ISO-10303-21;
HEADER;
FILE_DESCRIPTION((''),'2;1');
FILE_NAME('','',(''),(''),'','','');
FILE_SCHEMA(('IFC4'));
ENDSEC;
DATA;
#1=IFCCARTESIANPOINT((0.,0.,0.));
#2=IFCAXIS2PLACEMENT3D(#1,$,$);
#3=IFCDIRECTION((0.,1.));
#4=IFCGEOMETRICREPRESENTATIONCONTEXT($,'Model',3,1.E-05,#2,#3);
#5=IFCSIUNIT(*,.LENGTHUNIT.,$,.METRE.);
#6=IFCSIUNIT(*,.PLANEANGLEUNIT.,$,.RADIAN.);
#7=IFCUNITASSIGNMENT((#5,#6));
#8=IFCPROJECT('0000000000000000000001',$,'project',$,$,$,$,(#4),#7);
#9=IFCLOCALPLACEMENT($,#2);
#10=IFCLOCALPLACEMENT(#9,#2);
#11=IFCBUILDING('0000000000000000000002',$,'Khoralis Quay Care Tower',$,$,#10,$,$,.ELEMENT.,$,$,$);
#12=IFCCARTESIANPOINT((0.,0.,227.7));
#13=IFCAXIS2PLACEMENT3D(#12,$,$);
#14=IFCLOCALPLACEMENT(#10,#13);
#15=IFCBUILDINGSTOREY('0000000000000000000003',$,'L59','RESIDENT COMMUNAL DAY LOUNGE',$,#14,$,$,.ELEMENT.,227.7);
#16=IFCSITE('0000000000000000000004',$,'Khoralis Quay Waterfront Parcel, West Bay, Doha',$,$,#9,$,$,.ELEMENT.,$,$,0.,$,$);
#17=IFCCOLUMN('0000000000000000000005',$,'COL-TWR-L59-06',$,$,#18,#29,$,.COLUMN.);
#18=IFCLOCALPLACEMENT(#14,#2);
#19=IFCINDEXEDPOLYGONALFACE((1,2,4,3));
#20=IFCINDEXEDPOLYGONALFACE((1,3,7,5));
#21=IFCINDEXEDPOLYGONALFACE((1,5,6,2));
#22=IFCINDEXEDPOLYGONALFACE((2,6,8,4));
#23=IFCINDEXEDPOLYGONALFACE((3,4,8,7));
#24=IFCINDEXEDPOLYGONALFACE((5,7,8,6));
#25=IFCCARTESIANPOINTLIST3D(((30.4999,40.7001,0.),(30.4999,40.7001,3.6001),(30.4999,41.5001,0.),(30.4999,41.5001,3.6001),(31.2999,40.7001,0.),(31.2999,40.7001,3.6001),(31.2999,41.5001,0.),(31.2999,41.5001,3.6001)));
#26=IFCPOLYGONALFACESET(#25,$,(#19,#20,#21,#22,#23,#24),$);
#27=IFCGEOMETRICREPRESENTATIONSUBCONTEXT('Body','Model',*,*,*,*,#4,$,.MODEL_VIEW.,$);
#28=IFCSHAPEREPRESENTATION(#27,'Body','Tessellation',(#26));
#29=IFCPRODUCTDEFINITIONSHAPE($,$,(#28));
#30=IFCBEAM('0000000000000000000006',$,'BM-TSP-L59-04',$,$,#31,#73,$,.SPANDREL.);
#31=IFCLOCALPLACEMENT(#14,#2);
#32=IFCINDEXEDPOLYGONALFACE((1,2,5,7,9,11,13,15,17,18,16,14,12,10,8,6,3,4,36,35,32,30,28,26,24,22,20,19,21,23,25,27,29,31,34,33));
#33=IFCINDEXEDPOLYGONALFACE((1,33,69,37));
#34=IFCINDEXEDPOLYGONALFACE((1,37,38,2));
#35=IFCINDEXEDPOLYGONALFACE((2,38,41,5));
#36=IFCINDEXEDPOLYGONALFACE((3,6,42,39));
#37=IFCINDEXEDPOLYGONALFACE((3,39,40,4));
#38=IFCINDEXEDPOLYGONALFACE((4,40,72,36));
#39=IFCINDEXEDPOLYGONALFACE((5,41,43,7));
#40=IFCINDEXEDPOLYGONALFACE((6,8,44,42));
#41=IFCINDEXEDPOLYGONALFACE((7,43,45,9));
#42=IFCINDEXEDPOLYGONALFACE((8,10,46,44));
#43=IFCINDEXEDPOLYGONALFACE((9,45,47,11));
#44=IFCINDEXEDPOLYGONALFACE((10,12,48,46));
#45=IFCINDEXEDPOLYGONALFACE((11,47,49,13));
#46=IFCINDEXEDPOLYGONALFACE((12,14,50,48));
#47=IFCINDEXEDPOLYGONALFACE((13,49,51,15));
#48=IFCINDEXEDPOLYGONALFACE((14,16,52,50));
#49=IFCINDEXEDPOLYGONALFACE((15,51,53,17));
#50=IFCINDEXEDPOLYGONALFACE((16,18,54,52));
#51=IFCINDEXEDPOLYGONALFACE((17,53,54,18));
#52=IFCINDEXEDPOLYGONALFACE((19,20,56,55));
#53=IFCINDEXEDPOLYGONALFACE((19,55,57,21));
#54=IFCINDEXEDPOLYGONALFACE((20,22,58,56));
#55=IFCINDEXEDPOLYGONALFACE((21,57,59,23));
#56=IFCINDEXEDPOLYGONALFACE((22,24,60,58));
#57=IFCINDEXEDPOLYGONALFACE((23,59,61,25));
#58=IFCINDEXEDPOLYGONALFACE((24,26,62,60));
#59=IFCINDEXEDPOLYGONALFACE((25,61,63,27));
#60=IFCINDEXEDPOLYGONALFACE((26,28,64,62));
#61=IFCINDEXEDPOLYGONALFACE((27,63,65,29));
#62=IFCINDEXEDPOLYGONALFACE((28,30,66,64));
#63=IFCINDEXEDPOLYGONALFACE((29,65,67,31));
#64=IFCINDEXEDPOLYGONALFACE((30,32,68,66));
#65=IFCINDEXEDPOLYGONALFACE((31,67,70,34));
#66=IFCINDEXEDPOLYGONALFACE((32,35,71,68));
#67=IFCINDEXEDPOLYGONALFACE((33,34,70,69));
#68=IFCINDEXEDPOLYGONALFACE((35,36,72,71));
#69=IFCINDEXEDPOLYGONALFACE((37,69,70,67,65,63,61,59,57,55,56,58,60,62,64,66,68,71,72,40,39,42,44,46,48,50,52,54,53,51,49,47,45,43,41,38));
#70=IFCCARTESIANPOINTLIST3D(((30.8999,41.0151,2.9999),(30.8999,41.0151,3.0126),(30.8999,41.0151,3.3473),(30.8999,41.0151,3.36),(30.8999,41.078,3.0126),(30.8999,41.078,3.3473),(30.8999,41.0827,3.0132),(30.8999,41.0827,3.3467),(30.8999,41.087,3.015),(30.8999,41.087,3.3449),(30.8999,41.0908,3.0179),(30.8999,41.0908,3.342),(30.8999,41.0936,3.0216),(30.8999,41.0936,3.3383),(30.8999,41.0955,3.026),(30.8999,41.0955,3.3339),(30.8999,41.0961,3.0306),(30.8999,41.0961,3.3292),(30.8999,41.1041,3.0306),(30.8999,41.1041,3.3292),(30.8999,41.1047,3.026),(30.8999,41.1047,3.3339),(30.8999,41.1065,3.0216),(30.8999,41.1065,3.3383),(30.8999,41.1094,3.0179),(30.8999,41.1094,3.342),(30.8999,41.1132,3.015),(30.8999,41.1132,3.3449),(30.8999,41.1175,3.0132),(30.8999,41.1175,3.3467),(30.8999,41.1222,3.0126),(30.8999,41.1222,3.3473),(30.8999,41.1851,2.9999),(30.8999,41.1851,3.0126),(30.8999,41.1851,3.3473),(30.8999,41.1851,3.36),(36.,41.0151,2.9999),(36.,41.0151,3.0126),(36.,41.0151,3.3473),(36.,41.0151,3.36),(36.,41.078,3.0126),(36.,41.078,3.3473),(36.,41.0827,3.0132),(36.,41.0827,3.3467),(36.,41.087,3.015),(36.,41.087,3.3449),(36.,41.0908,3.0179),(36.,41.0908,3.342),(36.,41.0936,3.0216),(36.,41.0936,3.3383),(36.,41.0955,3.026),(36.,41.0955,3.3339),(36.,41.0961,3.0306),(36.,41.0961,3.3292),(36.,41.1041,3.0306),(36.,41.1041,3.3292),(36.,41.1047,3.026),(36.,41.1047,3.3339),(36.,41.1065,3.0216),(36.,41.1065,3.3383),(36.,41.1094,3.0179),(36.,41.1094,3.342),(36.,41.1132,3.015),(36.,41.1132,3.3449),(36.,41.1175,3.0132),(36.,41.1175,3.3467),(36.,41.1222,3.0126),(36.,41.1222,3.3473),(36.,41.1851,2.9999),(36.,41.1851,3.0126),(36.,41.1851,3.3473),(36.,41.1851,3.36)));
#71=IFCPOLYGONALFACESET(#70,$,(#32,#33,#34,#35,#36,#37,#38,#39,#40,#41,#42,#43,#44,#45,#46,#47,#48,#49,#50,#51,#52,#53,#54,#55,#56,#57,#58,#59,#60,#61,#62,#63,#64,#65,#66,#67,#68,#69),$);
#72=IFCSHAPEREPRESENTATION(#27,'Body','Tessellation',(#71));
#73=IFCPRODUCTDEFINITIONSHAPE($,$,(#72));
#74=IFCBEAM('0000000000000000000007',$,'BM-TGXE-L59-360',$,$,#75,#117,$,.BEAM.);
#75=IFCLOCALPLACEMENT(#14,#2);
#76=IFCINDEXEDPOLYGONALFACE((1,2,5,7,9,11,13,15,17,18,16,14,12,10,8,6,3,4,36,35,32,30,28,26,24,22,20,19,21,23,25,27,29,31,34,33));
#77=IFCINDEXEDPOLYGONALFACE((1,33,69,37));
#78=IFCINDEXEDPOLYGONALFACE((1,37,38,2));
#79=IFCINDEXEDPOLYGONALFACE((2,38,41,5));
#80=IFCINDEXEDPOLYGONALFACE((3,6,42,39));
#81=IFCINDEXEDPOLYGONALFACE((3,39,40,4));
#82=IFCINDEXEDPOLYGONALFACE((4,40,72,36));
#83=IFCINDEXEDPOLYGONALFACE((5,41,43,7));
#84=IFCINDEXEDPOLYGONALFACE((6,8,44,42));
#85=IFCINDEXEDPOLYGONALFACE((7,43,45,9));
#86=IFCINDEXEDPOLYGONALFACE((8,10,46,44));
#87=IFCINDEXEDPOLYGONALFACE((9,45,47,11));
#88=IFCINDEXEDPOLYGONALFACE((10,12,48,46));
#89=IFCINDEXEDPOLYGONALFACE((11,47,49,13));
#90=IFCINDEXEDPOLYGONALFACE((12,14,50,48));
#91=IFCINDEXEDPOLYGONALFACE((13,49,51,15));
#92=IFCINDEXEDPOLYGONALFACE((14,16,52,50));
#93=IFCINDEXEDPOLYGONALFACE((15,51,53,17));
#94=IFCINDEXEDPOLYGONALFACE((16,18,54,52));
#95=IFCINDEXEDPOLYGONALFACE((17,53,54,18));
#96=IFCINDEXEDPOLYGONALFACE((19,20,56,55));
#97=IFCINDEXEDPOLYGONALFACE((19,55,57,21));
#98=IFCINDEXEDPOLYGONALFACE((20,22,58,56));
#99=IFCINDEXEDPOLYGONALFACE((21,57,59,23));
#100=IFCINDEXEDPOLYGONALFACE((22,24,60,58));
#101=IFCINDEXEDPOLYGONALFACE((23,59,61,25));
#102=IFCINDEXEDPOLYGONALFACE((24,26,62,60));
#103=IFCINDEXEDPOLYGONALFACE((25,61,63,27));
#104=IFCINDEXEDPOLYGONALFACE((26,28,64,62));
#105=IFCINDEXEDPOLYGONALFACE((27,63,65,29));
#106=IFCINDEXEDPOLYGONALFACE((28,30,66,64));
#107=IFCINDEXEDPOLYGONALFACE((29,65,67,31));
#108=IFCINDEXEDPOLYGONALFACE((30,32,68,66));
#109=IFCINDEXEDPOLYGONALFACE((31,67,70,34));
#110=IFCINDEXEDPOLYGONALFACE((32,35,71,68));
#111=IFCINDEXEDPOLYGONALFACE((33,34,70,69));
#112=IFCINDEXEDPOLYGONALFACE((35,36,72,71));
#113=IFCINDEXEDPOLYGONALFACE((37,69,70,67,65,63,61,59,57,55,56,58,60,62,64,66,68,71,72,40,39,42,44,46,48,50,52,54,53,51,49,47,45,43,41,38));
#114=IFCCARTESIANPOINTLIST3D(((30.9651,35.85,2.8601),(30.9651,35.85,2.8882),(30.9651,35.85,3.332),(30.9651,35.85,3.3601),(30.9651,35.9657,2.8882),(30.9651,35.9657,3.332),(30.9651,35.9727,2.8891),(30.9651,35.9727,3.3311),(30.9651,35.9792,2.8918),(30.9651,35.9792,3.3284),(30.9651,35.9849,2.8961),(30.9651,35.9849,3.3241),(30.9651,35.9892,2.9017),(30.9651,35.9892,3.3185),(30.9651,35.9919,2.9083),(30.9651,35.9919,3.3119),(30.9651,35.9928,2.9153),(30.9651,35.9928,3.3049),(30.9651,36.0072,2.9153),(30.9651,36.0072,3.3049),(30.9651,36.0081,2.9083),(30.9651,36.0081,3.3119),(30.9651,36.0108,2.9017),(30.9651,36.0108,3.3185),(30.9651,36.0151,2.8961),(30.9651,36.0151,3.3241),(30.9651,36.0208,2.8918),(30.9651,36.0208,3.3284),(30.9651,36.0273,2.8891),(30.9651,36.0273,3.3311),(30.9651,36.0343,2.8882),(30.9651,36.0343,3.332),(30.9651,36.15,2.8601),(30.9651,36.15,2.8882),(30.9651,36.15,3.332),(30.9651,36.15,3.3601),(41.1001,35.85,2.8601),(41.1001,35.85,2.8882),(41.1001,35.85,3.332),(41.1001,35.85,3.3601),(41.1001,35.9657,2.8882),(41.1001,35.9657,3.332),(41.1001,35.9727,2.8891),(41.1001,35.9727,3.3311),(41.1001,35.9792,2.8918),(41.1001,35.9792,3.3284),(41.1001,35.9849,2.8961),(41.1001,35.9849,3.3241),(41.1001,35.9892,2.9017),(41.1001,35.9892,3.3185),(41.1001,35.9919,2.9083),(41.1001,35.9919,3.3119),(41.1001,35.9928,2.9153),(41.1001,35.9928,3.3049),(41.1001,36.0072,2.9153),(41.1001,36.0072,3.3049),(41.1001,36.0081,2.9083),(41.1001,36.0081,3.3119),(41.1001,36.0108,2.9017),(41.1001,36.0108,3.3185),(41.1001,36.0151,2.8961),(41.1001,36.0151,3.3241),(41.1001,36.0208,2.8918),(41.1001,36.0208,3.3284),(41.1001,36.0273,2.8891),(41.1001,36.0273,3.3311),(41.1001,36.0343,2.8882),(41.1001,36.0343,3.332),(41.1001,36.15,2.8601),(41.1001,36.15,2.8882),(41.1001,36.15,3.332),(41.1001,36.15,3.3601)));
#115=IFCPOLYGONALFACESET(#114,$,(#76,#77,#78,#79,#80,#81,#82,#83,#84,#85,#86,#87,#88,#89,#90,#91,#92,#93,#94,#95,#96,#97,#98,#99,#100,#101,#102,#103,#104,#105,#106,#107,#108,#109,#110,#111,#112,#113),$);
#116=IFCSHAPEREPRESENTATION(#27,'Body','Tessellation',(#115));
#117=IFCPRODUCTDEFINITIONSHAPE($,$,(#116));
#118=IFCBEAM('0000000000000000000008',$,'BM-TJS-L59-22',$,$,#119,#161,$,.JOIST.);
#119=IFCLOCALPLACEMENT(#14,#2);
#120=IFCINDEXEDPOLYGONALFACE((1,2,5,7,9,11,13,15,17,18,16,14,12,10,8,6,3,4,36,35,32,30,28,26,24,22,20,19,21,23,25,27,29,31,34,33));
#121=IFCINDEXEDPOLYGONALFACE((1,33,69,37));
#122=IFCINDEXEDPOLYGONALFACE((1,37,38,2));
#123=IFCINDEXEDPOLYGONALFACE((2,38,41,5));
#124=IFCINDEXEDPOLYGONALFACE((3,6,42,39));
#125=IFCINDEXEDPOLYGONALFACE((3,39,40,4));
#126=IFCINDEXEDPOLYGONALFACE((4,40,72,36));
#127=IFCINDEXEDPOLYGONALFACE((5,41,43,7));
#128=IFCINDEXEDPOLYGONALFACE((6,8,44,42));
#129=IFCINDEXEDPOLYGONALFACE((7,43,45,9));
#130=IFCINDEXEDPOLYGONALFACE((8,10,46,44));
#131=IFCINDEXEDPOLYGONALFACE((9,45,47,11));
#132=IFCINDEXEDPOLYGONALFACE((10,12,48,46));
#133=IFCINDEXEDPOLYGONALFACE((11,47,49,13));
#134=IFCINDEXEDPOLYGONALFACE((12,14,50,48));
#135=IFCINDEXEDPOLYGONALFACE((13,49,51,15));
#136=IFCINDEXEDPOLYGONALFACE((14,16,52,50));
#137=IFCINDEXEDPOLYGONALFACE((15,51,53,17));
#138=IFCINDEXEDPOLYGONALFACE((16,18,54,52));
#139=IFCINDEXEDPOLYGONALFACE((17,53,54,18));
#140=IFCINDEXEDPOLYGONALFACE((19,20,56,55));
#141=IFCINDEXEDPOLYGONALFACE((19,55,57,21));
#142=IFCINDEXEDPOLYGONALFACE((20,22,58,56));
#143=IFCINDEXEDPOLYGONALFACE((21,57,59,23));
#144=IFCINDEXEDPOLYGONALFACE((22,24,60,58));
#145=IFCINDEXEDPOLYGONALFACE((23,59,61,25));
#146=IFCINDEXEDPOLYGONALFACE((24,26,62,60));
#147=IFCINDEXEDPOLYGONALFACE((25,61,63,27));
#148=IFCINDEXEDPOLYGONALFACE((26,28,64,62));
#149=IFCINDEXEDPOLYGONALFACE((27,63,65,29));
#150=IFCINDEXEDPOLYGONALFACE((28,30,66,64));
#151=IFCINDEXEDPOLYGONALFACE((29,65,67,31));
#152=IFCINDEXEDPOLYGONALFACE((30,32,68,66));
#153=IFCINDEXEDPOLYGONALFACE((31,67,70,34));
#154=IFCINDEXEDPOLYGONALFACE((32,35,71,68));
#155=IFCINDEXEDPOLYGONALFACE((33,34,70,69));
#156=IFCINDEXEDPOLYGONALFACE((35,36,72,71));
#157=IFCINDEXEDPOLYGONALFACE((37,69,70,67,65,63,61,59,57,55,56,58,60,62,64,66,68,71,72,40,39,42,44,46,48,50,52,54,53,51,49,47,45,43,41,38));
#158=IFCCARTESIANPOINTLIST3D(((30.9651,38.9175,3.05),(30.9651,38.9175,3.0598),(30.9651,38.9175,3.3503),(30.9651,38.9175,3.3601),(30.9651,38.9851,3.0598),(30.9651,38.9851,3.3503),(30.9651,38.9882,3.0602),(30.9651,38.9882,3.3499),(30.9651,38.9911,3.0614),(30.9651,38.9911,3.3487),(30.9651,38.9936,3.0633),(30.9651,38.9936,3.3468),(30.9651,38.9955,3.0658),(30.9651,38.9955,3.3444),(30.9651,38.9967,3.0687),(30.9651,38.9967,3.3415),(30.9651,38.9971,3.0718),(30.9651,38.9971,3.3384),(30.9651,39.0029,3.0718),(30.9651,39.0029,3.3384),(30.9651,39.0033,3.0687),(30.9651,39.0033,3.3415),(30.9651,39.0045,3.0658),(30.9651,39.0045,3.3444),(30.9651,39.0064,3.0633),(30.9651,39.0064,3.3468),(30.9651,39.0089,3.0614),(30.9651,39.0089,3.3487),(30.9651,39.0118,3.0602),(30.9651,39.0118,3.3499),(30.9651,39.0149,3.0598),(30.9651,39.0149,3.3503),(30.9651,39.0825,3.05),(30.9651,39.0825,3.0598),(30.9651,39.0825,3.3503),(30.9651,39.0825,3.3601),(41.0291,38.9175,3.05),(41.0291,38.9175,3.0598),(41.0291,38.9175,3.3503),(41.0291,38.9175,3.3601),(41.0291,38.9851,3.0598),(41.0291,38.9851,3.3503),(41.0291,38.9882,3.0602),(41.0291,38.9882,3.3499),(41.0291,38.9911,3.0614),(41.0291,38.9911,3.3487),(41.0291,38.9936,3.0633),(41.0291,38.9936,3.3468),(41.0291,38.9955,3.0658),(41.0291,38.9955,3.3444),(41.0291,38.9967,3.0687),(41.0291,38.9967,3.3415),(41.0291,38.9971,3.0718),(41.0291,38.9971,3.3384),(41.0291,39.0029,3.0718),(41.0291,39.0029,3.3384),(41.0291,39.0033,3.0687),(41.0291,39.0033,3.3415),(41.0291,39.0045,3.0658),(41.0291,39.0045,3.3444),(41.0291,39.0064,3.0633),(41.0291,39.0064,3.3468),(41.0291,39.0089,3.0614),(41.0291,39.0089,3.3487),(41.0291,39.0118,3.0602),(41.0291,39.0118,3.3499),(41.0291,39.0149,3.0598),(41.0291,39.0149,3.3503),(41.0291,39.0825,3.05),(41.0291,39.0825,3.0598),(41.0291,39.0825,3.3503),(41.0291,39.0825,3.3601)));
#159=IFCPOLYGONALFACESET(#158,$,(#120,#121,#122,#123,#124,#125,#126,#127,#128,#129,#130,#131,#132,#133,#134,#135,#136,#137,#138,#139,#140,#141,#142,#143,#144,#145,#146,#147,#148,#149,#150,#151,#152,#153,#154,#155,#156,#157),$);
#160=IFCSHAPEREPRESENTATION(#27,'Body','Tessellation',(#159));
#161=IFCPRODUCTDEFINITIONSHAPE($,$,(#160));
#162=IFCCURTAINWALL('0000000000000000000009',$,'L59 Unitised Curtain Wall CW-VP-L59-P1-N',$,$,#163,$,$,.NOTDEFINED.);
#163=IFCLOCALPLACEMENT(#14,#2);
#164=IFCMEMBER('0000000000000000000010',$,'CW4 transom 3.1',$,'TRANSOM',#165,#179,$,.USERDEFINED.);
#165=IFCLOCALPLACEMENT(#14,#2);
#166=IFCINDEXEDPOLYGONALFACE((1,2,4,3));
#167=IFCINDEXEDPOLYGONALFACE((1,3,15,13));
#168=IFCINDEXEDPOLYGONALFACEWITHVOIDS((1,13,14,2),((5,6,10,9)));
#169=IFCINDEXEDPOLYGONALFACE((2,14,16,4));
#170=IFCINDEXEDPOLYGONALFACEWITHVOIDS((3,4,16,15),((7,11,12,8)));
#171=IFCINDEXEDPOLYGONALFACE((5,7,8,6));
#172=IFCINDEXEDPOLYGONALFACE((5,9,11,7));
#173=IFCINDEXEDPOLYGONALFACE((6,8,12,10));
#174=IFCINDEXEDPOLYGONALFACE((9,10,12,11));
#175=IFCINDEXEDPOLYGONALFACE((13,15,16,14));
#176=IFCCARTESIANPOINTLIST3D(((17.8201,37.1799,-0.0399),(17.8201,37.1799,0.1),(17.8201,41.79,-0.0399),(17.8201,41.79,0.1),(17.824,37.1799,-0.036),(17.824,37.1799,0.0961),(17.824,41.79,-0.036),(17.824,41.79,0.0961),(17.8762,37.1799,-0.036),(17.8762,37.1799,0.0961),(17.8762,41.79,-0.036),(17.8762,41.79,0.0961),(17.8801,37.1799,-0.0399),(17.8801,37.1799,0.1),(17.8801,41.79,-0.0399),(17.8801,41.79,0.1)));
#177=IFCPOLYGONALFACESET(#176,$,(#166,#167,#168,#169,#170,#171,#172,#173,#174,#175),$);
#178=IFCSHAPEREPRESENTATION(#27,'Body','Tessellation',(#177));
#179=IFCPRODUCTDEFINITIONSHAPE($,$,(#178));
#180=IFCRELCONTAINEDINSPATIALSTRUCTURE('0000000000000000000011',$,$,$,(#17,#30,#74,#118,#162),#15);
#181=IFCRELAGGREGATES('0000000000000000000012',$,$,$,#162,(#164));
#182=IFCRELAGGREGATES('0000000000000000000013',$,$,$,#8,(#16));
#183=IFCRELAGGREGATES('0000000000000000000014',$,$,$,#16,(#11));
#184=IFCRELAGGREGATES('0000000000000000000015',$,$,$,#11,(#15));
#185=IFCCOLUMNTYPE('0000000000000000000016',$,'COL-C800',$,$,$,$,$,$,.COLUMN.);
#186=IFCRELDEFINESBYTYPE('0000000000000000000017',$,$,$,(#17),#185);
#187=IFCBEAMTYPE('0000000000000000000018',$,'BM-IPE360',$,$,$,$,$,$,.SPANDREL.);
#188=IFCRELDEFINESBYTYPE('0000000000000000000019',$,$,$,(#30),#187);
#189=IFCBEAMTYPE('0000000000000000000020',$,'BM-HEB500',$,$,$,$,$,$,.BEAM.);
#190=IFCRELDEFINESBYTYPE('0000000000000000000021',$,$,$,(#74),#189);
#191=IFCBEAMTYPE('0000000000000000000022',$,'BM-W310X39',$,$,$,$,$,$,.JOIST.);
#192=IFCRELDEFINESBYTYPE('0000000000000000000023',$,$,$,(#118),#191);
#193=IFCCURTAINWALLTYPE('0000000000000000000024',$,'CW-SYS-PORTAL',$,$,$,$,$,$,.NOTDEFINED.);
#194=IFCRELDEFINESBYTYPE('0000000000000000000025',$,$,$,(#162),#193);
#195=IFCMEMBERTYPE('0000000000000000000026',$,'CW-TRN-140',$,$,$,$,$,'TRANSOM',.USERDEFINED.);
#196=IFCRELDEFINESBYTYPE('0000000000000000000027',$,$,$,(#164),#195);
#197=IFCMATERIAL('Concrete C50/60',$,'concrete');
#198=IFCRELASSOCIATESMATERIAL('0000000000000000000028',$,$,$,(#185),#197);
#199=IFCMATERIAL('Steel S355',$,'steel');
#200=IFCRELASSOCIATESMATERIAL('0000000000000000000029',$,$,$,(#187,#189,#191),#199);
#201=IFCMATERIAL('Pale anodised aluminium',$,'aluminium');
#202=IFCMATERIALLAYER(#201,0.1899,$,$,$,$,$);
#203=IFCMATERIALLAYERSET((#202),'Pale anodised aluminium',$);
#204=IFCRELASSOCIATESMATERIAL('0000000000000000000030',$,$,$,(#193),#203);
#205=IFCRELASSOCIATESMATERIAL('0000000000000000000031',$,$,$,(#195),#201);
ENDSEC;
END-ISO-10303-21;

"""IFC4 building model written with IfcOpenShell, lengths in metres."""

from ifc_helpers import new_model, si_unit, direction, frame, origin, origin_2d, place, context, subcontext, project, spatial, rectangle, hollow_rectangle, i_section, extrude, source, transform, mapped, material, layer, layer_set, material_profile, profile_set, type_object, element, aggregate, save


model = new_model("IFC4")

# Units and contexts
model_context = context("Model", 3, precision=1e-05, world=origin(), true_north=direction((0.0, 1.0)))
body_context = subcontext(model_context, "Body", "Model", "MODEL_VIEW")
ifc_project = project(units=[si_unit("LENGTHUNIT", "METRE"), si_unit("PLANEANGLEUNIT", "RADIAN")], contexts=[model_context])

# Site, building, storey
site_placement = place(None, origin())
site = spatial("IfcSite", under=ifc_project, at=site_placement, Name="Khoralis Quay Waterfront Parcel, West Bay, Doha", CompositionType="ELEMENT", RefElevation=0.0)
building_placement = place(site_placement, origin())
building = spatial("IfcBuilding", under=site, at=building_placement, Name="Khoralis Quay Care Tower", CompositionType="ELEMENT")
storey_placement = place(building_placement, frame((0.0, 0.0, 227.7)))
storey = spatial("IfcBuildingStorey", under=building, at=storey_placement, Name="L59", Description="RESIDENT COMMUNAL DAY LOUNGE", CompositionType="ELEMENT", Elevation=227.7)

# Column
ifc_material_1 = material(Name="Concrete C50/60", Category="concrete")
ifc_material_profile_1 = material_profile(ifc_material_1, rectangle(XDim=0.8, YDim=0.8, at=origin_2d()), Name="Concrete C50/60")
ifc_profile_set_1 = profile_set([ifc_material_profile_1], Name="Concrete C50/60")
column_type = type_object("IfcColumnType", Name="COL-C800", PredefinedType="COLUMN", material=ifc_profile_set_1)
shared_shape_1 = source(origin(), body_context, "Body", "SweptSolid", [
    extrude(rectangle(XDim=0.8, YDim=0.8, at=origin_2d()), origin(), (0.0, 0.0, 1.0), 3.6001),
])
column_placement = place(storey_placement, frame((30.8999, 41.1001, 0.0), z_axis=(0.0, 0.0, 1.0), x_axis=(1.0, 0.0, 0.0)))
element("IfcColumn", 1, at=column_placement, inside=storey, type_object=column_type, Name="COL-TWR-L59-06", PredefinedType="COLUMN", context=body_context, shape_type="MappedRepresentation", body=[
    mapped(shared_shape_1, transform((0.0, 0.0, 0.0), scale=1.0)),
])

# Beams
ifc_material_2 = material(Name="Steel S355", Category="steel")
ifc_material_profile_2 = material_profile(ifc_material_2, i_section(OverallWidth=0.1699, OverallDepth=0.3601, WebThickness=0.0081, FlangeThickness=0.0127, FilletRadius=0.0181, at=origin_2d()), Name="Steel S355")
ifc_profile_set_2 = profile_set([ifc_material_profile_2], Name="Steel S355")
beam_type_1 = type_object("IfcBeamType", Name="BM-IPE360", PredefinedType="SPANDREL", material=ifc_profile_set_2)
shared_shape_2 = source(origin(), body_context, "Body", "SweptSolid", [
    extrude(i_section(OverallWidth=0.1699, OverallDepth=0.3601, WebThickness=0.0081, FlangeThickness=0.0127, FilletRadius=0.0181, at=origin_2d()), origin(), (0.0, 0.0, 1.0), 5.1001),
])
beam_1_placement = place(storey_placement, frame((30.8999, 41.1001, 3.1799), z_axis=(1.0, 0.0, 0.0), x_axis=(0.0, 1.0, 0.0)))
element("IfcBeam", 2, at=beam_1_placement, inside=storey, type_object=beam_type_1, Name="BM-TSP-L59-04", PredefinedType="SPANDREL", context=body_context, shape_type="MappedRepresentation", body=[
    mapped(shared_shape_2, transform((0.0, 0.0, 0.0), scale=1.0)),
])
ifc_material_profile_3 = material_profile(ifc_material_2, i_section(OverallWidth=0.3, OverallDepth=0.5, WebThickness=0.0144, FlangeThickness=0.0281, FilletRadius=0.0271, at=origin_2d()), Name="Steel S355")
ifc_profile_set_3 = profile_set([ifc_material_profile_3], Name="Steel S355")
beam_type_2 = type_object("IfcBeamType", Name="BM-HEB500", PredefinedType="BEAM", material=ifc_profile_set_3)
shared_shape_3 = source(origin(), body_context, "Body", "SweptSolid", [
    extrude(i_section(OverallWidth=0.3, OverallDepth=0.5, WebThickness=0.0144, FlangeThickness=0.0281, FilletRadius=0.0271, at=origin_2d()), origin(), (0.0, 0.0, 1.0), 10.135),
])
beam_2_placement = place(storey_placement, frame((30.9651, 36.0, 3.1101), z_axis=(1.0, 0.0, 0.0), x_axis=(0.0, 1.0, 0.0)))
element("IfcBeam", 3, at=beam_2_placement, inside=storey, type_object=beam_type_2, Name="BM-TGXE-L59-360", PredefinedType="BEAM", context=body_context, shape_type="MappedRepresentation", body=[
    mapped(shared_shape_3, transform((0.0, 0.0, 0.0), scale=1.0)),
])
ifc_material_profile_4 = material_profile(ifc_material_2, i_section(OverallWidth=0.165, OverallDepth=0.3101, WebThickness=0.0059, FlangeThickness=0.0098, FilletRadius=0.012, at=origin_2d()), Name="Steel S355")
ifc_profile_set_4 = profile_set([ifc_material_profile_4], Name="Steel S355")
beam_type_3 = type_object("IfcBeamType", Name="BM-W310X39", PredefinedType="JOIST", material=ifc_profile_set_4)
shared_shape_4 = source(origin(), body_context, "Body", "SweptSolid", [
    extrude(i_section(OverallWidth=0.165, OverallDepth=0.3101, WebThickness=0.0059, FlangeThickness=0.0098, FilletRadius=0.012, at=origin_2d()), origin(), (0.0, 0.0, 1.0), 10.064),
])
beam_3_placement = place(storey_placement, frame((30.9651, 39.0, 3.2051), z_axis=(1.0, 0.0, 0.0), x_axis=(0.0, 1.0, 0.0)))
element("IfcBeam", 4, at=beam_3_placement, inside=storey, type_object=beam_type_3, Name="BM-TJS-L59-22", PredefinedType="JOIST", context=body_context, shape_type="MappedRepresentation", body=[
    mapped(shared_shape_4, transform((0.0, 0.0, 0.0), scale=1.0)),
])

# Curtain wall, member
ifc_material_3 = material(Name="Pale anodised aluminium", Category="aluminium")
ifc_layer_1 = layer(ifc_material_3, 0.1899)
ifc_layer_set_1 = layer_set([ifc_layer_1], Name="Pale anodised aluminium")
curtain_wall_type = type_object("IfcCurtainWallType", Name="CW-SYS-PORTAL", PredefinedType="NOTDEFINED", material=ifc_layer_set_1)
curtain_wall_1_placement = place(storey_placement, origin())
curtain_wall_1 = element("IfcCurtainWall", 5, at=curtain_wall_1_placement, inside=storey, type_object=curtain_wall_type, Name="L59 Unitised Curtain Wall CW-VP-L59-P1-N", PredefinedType="NOTDEFINED")
ifc_material_profile_5 = material_profile(ifc_material_3, hollow_rectangle(XDim=0.0601, YDim=0.1399, WallThickness=0.0039, at=origin_2d()), Name="Pale anodised aluminium")
ifc_profile_set_5 = profile_set([ifc_material_profile_5], Name="Pale anodised aluminium")
member_type_1 = type_object("IfcMemberType", Name="CW-TRN-140", ElementType="TRANSOM", PredefinedType="USERDEFINED", material=ifc_profile_set_5)
shared_shape_5 = source(origin(), body_context, "Body", "SweptSolid", [
    extrude(hollow_rectangle(XDim=0.0601, YDim=0.1399, WallThickness=0.0039, at=origin_2d()), origin(), (0.0, 0.0, 1.0), 4.6101),
])
member_1_placement = place(storey_placement, frame((17.8501, 37.1799, 0.03), z_axis=(0.0, 1.0, 0.0), x_axis=(-1.0, 0.0, 0.0)))
member_1 = element("IfcMember", 6, at=member_1_placement, type_object=member_type_1, Name="CW4 transom 3.1", ObjectType="TRANSOM", PredefinedType="USERDEFINED", context=body_context, shape_type="MappedRepresentation", body=[
    mapped(shared_shape_5, transform((0.0, 0.0, 0.0), scale=1.0)),
])

aggregate(curtain_wall_1, [member_1])

save(model, "model.ifc")
